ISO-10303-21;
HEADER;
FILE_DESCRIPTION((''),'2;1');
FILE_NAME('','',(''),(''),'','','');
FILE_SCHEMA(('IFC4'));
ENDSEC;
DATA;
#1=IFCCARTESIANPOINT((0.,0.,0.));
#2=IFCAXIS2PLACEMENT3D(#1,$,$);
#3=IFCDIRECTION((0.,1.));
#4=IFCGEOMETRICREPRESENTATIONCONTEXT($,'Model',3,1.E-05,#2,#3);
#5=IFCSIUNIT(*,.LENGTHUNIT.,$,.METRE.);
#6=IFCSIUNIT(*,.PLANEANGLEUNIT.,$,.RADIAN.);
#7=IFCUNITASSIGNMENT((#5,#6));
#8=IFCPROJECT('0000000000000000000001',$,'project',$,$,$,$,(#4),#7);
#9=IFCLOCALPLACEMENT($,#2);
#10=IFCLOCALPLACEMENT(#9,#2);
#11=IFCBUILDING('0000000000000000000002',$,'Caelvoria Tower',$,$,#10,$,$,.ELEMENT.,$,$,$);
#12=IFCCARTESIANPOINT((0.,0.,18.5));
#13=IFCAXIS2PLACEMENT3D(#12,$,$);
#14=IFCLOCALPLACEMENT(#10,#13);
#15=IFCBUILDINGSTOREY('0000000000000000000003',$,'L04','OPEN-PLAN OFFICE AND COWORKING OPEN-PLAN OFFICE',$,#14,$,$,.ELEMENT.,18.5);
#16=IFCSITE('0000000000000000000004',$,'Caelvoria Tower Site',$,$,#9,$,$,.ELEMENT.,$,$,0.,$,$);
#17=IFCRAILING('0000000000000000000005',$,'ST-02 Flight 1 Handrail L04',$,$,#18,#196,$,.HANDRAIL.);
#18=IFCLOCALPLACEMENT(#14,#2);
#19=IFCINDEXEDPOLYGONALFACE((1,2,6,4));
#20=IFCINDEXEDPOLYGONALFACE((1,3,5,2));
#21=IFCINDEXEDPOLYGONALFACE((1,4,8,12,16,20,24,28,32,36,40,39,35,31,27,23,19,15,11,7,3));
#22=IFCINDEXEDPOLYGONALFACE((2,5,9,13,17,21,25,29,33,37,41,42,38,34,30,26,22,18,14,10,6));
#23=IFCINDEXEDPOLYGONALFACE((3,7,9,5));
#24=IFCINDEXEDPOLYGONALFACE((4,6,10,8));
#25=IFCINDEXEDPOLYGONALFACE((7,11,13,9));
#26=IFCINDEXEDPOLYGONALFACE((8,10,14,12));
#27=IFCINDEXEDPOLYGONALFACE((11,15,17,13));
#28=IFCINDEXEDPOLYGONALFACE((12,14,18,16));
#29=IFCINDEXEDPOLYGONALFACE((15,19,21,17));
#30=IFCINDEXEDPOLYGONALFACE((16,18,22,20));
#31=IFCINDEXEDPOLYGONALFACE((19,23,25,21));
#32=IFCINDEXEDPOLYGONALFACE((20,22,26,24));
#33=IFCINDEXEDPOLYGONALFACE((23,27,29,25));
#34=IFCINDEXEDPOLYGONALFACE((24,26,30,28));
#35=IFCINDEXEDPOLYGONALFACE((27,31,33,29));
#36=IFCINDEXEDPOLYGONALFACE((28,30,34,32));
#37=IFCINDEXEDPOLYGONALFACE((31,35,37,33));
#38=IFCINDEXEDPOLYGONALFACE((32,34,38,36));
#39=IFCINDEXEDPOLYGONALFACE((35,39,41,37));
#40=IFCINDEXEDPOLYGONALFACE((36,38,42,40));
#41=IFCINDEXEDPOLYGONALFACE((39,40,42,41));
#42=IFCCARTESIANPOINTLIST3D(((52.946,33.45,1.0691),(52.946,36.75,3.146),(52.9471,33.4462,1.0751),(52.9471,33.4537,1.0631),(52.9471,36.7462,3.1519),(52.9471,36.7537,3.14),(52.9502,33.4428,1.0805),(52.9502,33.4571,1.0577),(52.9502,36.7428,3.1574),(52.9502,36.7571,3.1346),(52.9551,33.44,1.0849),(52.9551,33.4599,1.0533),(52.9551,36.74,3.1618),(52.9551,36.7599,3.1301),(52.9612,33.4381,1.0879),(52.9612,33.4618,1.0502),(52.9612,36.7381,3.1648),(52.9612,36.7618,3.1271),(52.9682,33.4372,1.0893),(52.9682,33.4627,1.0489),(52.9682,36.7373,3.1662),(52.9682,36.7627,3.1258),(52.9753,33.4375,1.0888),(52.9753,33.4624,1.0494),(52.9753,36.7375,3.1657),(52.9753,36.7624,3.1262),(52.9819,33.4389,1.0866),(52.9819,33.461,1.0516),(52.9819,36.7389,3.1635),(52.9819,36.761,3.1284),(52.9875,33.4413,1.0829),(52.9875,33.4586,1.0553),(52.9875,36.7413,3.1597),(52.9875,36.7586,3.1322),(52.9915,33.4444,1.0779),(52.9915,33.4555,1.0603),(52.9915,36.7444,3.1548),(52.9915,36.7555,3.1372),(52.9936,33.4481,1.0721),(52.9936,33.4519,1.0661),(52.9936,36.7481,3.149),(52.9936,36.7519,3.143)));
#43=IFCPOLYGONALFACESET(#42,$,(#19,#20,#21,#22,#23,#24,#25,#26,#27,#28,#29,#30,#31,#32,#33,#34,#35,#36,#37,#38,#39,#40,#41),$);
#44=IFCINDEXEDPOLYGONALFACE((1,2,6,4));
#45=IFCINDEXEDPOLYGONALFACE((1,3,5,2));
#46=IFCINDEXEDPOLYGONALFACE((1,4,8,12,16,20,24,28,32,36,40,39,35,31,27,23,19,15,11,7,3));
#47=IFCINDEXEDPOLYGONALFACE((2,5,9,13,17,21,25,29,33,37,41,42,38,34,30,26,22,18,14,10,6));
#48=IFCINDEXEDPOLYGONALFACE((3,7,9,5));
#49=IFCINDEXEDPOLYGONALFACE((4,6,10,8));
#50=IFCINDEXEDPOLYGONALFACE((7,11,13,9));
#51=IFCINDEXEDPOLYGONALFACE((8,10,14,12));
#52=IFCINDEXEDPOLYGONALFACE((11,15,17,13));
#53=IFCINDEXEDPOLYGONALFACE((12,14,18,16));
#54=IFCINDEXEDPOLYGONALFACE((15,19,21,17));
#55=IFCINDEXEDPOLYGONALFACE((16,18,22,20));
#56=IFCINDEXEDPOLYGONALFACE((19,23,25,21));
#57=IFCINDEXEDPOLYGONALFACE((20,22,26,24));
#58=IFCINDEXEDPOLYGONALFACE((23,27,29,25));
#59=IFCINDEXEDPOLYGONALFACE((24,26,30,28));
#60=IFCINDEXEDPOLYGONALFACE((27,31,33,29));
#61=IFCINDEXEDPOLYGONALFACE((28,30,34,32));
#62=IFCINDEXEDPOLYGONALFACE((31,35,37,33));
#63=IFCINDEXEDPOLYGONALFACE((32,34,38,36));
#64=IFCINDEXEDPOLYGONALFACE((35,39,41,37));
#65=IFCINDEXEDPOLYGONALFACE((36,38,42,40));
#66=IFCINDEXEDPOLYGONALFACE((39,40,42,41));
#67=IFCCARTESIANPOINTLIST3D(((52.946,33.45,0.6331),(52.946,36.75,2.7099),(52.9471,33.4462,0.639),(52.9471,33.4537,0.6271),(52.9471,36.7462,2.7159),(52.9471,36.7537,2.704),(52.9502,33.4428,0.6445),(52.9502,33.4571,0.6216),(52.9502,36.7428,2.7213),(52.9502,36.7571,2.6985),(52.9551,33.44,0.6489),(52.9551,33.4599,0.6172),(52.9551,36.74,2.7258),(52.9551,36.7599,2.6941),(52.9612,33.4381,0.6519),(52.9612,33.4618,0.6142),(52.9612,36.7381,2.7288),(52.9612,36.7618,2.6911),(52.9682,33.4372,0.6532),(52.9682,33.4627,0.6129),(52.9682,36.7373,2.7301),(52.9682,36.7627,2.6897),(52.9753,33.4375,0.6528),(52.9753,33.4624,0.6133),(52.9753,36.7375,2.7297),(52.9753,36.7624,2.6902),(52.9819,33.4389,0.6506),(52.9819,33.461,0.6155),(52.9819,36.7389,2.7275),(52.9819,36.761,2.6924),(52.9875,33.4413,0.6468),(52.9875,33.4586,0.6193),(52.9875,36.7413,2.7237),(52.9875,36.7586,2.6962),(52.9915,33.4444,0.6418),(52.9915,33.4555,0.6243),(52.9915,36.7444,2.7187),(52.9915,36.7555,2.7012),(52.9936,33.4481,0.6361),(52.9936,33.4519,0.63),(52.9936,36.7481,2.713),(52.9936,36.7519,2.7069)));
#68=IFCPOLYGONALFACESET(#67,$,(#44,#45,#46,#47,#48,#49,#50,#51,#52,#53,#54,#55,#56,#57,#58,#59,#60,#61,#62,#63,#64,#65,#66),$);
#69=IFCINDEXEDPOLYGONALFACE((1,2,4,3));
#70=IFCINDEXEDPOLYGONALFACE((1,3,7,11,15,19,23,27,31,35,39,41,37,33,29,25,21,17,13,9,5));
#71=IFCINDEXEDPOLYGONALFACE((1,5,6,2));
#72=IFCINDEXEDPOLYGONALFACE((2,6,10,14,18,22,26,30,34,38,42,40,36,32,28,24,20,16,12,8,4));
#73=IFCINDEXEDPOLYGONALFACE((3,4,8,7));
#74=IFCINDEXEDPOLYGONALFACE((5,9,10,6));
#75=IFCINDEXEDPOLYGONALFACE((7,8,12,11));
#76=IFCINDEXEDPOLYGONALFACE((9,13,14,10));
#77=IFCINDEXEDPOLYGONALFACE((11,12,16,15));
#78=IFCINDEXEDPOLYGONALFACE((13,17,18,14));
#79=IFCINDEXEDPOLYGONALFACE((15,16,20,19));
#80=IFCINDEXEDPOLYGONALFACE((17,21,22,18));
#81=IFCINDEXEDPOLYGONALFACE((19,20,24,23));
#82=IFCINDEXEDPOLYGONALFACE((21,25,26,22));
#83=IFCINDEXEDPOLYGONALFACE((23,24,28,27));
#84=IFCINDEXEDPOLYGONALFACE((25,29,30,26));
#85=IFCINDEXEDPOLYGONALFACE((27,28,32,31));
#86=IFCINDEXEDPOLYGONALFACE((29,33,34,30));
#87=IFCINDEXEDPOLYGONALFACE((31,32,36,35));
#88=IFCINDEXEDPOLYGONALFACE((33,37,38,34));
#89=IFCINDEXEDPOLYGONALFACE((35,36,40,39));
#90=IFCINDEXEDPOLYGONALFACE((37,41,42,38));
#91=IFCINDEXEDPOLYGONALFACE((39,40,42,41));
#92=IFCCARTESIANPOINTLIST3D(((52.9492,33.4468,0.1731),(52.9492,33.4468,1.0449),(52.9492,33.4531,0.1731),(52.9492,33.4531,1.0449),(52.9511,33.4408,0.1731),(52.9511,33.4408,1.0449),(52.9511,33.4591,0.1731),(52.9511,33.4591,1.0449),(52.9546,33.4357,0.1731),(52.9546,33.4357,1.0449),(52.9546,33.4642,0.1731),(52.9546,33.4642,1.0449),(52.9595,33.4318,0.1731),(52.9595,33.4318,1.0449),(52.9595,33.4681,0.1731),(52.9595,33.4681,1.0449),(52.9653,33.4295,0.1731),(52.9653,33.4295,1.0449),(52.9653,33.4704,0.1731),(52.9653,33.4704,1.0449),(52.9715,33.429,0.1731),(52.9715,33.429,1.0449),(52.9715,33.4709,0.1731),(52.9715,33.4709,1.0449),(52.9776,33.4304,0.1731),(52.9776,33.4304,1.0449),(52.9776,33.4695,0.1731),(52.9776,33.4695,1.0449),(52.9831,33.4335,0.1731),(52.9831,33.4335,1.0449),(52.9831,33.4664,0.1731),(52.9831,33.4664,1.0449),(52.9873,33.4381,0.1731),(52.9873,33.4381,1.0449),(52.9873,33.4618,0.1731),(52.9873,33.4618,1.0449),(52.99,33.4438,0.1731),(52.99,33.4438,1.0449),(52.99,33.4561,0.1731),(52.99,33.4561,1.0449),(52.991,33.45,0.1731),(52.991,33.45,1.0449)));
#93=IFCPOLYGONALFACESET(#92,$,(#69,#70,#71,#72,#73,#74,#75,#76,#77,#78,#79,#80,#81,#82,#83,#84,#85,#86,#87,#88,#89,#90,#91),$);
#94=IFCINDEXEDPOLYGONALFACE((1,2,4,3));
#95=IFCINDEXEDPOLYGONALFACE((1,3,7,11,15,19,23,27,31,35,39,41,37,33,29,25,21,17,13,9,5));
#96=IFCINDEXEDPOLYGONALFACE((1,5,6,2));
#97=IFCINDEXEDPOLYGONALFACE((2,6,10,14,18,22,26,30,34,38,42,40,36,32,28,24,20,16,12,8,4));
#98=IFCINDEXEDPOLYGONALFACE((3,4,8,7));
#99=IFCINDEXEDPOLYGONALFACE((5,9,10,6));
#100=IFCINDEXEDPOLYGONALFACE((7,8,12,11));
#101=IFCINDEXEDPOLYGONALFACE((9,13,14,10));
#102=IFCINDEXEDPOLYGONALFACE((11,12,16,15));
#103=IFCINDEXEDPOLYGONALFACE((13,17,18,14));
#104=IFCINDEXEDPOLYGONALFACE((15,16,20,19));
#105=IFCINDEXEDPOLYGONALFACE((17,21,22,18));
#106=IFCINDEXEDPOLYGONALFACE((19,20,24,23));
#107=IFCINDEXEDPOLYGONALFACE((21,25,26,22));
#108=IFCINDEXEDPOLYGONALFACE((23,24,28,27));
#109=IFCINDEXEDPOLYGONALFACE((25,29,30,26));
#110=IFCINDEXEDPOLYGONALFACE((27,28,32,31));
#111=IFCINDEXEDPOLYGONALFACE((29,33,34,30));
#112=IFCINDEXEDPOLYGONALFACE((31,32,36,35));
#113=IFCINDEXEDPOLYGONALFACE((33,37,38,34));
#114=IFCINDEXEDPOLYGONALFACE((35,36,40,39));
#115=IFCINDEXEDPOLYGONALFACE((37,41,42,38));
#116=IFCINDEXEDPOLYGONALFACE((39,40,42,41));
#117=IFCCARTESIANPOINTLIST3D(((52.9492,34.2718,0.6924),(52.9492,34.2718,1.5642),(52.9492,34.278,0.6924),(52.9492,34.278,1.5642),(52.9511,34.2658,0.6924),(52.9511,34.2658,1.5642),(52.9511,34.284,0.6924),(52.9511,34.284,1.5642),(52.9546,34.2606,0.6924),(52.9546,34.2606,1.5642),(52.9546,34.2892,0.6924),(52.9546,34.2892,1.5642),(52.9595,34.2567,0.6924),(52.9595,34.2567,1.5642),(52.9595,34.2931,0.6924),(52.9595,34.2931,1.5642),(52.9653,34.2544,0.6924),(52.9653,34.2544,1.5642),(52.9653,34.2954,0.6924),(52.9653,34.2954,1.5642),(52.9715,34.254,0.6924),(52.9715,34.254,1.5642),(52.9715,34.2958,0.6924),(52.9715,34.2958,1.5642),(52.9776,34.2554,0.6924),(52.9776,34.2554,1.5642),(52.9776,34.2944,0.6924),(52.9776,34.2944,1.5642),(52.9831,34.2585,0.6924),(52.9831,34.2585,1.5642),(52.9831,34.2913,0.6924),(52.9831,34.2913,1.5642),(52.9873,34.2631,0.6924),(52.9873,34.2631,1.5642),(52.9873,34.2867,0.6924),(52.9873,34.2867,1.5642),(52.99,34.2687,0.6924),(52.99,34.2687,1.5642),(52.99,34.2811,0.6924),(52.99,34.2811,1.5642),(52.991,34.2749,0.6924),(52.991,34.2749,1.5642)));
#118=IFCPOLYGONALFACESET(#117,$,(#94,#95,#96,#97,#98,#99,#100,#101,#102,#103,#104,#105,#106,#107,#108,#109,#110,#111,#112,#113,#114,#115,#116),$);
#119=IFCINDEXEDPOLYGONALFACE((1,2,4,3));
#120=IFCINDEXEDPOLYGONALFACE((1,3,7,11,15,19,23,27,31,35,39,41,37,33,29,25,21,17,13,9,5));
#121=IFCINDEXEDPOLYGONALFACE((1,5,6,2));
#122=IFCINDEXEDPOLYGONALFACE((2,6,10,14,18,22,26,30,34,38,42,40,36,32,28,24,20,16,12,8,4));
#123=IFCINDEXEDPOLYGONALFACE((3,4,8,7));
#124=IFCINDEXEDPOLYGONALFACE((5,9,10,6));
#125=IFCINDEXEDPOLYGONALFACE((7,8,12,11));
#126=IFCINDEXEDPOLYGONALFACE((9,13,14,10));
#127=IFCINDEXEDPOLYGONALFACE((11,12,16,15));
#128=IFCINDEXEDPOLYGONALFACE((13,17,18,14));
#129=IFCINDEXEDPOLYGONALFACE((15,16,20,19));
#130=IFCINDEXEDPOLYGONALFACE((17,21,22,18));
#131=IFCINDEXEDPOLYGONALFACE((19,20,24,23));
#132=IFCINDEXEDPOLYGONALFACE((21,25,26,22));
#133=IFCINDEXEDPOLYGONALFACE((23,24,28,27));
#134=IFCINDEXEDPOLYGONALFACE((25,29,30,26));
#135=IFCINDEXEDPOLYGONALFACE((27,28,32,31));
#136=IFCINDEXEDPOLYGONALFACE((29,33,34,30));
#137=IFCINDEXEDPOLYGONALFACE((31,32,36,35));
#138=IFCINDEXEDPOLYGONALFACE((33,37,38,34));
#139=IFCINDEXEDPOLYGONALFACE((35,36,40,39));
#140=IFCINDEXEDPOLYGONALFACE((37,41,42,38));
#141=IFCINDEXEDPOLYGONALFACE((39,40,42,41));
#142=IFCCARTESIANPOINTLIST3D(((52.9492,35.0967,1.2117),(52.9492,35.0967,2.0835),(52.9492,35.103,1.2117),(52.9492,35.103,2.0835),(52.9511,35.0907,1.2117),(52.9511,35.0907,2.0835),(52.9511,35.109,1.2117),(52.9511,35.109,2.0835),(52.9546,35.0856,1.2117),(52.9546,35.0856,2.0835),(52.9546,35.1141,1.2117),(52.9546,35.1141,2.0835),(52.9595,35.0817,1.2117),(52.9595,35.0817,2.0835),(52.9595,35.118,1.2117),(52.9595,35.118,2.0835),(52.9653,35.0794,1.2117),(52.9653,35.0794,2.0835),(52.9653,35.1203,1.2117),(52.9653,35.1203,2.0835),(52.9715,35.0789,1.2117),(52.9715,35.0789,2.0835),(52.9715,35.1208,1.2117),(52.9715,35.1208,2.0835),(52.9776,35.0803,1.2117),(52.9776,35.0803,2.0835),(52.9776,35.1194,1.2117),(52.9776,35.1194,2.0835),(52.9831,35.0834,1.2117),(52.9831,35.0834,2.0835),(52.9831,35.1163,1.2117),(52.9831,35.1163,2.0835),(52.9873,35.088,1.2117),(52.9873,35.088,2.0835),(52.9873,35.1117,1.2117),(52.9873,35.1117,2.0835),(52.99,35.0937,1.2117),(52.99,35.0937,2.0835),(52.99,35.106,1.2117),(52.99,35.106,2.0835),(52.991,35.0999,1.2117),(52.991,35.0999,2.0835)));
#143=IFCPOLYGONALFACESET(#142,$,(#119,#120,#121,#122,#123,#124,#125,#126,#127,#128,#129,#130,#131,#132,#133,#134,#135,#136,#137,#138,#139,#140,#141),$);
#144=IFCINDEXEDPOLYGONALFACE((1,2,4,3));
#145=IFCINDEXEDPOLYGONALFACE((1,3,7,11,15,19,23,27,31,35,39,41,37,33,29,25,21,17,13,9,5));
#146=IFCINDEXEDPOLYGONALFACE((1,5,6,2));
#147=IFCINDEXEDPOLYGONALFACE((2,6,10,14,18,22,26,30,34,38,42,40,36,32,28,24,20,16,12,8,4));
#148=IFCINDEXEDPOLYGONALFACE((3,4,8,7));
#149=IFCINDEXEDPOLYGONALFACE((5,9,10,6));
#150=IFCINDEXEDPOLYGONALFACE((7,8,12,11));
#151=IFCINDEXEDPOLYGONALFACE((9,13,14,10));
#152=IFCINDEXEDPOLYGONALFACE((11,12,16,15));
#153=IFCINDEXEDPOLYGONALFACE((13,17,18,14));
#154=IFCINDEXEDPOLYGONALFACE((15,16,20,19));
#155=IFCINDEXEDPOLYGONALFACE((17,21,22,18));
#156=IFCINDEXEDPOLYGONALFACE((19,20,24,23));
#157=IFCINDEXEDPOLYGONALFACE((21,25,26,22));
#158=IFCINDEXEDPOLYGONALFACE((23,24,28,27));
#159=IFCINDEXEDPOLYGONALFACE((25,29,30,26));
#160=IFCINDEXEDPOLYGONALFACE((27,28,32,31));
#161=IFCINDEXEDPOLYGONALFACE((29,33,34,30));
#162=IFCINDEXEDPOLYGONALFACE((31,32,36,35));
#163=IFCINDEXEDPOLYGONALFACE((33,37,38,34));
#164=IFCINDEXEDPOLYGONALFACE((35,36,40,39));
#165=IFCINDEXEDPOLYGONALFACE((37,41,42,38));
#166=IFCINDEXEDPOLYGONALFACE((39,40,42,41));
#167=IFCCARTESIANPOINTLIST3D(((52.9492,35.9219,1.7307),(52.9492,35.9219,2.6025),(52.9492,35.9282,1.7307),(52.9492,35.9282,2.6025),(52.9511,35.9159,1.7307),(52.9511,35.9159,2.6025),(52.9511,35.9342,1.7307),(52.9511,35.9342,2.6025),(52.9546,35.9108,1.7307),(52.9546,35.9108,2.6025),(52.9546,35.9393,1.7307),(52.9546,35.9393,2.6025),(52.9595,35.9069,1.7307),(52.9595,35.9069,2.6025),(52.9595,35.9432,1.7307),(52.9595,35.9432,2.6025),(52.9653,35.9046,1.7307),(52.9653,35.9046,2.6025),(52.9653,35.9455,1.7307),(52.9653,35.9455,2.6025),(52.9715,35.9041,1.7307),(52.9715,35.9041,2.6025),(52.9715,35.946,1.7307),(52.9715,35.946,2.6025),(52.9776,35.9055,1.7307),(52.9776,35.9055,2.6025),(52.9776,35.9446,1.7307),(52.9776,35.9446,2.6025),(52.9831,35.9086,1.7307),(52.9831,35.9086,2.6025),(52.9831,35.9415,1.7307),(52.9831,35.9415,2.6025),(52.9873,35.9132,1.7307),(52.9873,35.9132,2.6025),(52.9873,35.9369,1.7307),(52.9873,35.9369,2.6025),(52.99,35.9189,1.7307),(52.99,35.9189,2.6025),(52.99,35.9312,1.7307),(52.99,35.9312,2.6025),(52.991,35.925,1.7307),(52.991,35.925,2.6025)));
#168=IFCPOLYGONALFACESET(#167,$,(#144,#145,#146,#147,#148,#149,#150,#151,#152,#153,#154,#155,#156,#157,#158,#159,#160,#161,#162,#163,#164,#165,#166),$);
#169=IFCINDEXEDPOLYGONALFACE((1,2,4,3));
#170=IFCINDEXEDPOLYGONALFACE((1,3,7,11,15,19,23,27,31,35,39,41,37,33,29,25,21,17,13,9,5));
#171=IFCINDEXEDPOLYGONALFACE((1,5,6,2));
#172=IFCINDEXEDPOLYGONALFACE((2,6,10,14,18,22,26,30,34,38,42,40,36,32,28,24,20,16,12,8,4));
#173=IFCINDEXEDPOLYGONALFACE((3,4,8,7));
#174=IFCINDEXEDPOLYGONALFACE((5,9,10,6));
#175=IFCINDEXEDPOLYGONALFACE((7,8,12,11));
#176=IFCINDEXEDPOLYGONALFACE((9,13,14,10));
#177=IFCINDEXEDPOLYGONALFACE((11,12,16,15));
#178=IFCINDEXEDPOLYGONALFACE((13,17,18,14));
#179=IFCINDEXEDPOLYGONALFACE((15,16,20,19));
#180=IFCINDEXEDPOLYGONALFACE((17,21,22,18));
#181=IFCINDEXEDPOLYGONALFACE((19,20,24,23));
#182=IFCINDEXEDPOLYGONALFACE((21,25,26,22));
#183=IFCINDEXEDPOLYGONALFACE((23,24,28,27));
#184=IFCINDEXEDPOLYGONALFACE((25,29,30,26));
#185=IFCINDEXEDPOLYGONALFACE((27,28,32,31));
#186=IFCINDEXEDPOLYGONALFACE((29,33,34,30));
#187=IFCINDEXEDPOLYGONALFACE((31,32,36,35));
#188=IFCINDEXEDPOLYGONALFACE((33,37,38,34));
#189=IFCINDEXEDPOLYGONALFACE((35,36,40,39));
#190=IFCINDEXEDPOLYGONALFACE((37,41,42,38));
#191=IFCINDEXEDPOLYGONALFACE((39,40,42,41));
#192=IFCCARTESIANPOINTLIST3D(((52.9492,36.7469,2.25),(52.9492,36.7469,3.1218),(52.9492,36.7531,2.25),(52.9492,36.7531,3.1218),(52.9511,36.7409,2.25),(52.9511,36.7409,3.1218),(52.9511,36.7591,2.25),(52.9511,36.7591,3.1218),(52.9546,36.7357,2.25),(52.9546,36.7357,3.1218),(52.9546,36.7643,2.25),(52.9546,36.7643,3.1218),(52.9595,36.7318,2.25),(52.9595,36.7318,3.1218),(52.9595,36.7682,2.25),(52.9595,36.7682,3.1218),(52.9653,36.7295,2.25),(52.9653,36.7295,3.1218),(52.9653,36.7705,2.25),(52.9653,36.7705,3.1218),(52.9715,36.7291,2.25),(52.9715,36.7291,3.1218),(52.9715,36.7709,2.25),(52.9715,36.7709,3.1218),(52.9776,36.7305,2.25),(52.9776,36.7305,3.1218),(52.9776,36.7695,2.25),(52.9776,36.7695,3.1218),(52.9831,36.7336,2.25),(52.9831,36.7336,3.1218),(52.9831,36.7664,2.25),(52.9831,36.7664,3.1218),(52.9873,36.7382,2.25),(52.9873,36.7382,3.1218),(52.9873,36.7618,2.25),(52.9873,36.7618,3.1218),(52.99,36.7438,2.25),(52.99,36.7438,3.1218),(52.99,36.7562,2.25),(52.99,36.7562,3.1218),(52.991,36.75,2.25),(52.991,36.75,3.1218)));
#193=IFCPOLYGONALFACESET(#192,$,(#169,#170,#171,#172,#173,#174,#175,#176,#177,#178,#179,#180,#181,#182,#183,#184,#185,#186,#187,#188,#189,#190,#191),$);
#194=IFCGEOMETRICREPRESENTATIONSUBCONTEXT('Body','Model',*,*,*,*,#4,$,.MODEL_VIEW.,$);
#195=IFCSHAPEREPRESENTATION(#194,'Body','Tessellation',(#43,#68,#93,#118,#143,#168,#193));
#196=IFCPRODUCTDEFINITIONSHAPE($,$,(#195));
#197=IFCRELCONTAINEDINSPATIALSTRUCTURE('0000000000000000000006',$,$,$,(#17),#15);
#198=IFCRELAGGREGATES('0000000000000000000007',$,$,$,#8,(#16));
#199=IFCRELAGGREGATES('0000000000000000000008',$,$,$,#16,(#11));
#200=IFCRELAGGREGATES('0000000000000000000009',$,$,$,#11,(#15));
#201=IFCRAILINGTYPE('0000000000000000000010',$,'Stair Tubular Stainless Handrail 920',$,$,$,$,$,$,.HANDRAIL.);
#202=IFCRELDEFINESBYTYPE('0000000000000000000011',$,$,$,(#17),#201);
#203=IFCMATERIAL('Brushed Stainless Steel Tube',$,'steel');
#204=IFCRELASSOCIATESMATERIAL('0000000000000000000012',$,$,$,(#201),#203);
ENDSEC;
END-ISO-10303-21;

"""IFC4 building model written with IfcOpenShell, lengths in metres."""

from ifc_helpers import new_model, si_unit, direction, frame, origin, origin_2d, place, context, subcontext, project, spatial, circle, extrude, material, type_object, element, save


model = new_model("IFC4")

# Units and contexts
model_context = context("Model", 3, precision=1e-05, world=origin(), true_north=direction((0.0, 1.0)))
body_context = subcontext(model_context, "Body", "Model", "MODEL_VIEW")
ifc_project = project(units=[si_unit("LENGTHUNIT", "METRE"), si_unit("PLANEANGLEUNIT", "RADIAN")], contexts=[model_context])

# Site, building, storey
site_placement = place(None, origin())
site = spatial("IfcSite", under=ifc_project, at=site_placement, Name="Caelvoria Tower Site", CompositionType="ELEMENT", RefElevation=0.0)
building_placement = place(site_placement, origin())
building = spatial("IfcBuilding", under=site, at=building_placement, Name="Caelvoria Tower", CompositionType="ELEMENT")
storey_placement = place(building_placement, frame((0.0, 0.0, 18.5)))
storey = spatial("IfcBuildingStorey", under=building, at=storey_placement, Name="L04", Description="OPEN-PLAN OFFICE AND COWORKING OPEN-PLAN OFFICE", CompositionType="ELEMENT", Elevation=18.5)

# Railing
ifc_material_1 = material(Name="Brushed Stainless Steel Tube", Category="steel")
railing_type_1 = type_object("IfcRailingType", Name="Stair Tubular Stainless Handrail 920", PredefinedType="HANDRAIL", material=ifc_material_1)
railing_1_placement = place(storey_placement, frame((52.97, 33.45, 0.1731)))
element("IfcRailing", 1, at=railing_1_placement, inside=storey, type_object=railing_type_1, Name="ST-02 Flight 1 Handrail L04", PredefinedType="HANDRAIL", context=body_context, shape_type="SweptSolid", body=[
    extrude(circle(Radius=0.0239, at=origin_2d()), frame((0.0, 0.0, 0.896), z_axis=(0.0, 0.846337, 0.532647), x_axis=(-1.0, 0.0, 0.0)), (0.0, 0.0, 1.0), 3.8992),
    extrude(circle(Radius=0.0239, at=origin_2d()), frame((0.0, 0.0, 0.46), z_axis=(0.0, 0.846337, 0.532647), x_axis=(-1.0, 0.0, 0.0)), (0.0, 0.0, 1.0), 3.8992),
    extrude(circle(Radius=0.021, at=origin_2d()), origin(), (0.0, 0.0, 1.0), 0.8718),
    extrude(circle(Radius=0.021, at=origin_2d()), frame((0.0, 0.825, 0.5193)), (0.0, 0.0, 1.0), 0.8718),
    extrude(circle(Radius=0.021, at=origin_2d()), frame((0.0, 1.6499, 1.0386)), (0.0, 0.0, 1.0), 0.8718),
    extrude(circle(Radius=0.021, at=origin_2d()), frame((0.0, 2.4751, 1.5576)), (0.0, 0.0, 1.0), 0.8718),
    extrude(circle(Radius=0.021, at=origin_2d()), frame((0.0, 3.3, 2.0769)), (0.0, 0.0, 1.0), 0.8718),
])

save(model, "model.ifc")
